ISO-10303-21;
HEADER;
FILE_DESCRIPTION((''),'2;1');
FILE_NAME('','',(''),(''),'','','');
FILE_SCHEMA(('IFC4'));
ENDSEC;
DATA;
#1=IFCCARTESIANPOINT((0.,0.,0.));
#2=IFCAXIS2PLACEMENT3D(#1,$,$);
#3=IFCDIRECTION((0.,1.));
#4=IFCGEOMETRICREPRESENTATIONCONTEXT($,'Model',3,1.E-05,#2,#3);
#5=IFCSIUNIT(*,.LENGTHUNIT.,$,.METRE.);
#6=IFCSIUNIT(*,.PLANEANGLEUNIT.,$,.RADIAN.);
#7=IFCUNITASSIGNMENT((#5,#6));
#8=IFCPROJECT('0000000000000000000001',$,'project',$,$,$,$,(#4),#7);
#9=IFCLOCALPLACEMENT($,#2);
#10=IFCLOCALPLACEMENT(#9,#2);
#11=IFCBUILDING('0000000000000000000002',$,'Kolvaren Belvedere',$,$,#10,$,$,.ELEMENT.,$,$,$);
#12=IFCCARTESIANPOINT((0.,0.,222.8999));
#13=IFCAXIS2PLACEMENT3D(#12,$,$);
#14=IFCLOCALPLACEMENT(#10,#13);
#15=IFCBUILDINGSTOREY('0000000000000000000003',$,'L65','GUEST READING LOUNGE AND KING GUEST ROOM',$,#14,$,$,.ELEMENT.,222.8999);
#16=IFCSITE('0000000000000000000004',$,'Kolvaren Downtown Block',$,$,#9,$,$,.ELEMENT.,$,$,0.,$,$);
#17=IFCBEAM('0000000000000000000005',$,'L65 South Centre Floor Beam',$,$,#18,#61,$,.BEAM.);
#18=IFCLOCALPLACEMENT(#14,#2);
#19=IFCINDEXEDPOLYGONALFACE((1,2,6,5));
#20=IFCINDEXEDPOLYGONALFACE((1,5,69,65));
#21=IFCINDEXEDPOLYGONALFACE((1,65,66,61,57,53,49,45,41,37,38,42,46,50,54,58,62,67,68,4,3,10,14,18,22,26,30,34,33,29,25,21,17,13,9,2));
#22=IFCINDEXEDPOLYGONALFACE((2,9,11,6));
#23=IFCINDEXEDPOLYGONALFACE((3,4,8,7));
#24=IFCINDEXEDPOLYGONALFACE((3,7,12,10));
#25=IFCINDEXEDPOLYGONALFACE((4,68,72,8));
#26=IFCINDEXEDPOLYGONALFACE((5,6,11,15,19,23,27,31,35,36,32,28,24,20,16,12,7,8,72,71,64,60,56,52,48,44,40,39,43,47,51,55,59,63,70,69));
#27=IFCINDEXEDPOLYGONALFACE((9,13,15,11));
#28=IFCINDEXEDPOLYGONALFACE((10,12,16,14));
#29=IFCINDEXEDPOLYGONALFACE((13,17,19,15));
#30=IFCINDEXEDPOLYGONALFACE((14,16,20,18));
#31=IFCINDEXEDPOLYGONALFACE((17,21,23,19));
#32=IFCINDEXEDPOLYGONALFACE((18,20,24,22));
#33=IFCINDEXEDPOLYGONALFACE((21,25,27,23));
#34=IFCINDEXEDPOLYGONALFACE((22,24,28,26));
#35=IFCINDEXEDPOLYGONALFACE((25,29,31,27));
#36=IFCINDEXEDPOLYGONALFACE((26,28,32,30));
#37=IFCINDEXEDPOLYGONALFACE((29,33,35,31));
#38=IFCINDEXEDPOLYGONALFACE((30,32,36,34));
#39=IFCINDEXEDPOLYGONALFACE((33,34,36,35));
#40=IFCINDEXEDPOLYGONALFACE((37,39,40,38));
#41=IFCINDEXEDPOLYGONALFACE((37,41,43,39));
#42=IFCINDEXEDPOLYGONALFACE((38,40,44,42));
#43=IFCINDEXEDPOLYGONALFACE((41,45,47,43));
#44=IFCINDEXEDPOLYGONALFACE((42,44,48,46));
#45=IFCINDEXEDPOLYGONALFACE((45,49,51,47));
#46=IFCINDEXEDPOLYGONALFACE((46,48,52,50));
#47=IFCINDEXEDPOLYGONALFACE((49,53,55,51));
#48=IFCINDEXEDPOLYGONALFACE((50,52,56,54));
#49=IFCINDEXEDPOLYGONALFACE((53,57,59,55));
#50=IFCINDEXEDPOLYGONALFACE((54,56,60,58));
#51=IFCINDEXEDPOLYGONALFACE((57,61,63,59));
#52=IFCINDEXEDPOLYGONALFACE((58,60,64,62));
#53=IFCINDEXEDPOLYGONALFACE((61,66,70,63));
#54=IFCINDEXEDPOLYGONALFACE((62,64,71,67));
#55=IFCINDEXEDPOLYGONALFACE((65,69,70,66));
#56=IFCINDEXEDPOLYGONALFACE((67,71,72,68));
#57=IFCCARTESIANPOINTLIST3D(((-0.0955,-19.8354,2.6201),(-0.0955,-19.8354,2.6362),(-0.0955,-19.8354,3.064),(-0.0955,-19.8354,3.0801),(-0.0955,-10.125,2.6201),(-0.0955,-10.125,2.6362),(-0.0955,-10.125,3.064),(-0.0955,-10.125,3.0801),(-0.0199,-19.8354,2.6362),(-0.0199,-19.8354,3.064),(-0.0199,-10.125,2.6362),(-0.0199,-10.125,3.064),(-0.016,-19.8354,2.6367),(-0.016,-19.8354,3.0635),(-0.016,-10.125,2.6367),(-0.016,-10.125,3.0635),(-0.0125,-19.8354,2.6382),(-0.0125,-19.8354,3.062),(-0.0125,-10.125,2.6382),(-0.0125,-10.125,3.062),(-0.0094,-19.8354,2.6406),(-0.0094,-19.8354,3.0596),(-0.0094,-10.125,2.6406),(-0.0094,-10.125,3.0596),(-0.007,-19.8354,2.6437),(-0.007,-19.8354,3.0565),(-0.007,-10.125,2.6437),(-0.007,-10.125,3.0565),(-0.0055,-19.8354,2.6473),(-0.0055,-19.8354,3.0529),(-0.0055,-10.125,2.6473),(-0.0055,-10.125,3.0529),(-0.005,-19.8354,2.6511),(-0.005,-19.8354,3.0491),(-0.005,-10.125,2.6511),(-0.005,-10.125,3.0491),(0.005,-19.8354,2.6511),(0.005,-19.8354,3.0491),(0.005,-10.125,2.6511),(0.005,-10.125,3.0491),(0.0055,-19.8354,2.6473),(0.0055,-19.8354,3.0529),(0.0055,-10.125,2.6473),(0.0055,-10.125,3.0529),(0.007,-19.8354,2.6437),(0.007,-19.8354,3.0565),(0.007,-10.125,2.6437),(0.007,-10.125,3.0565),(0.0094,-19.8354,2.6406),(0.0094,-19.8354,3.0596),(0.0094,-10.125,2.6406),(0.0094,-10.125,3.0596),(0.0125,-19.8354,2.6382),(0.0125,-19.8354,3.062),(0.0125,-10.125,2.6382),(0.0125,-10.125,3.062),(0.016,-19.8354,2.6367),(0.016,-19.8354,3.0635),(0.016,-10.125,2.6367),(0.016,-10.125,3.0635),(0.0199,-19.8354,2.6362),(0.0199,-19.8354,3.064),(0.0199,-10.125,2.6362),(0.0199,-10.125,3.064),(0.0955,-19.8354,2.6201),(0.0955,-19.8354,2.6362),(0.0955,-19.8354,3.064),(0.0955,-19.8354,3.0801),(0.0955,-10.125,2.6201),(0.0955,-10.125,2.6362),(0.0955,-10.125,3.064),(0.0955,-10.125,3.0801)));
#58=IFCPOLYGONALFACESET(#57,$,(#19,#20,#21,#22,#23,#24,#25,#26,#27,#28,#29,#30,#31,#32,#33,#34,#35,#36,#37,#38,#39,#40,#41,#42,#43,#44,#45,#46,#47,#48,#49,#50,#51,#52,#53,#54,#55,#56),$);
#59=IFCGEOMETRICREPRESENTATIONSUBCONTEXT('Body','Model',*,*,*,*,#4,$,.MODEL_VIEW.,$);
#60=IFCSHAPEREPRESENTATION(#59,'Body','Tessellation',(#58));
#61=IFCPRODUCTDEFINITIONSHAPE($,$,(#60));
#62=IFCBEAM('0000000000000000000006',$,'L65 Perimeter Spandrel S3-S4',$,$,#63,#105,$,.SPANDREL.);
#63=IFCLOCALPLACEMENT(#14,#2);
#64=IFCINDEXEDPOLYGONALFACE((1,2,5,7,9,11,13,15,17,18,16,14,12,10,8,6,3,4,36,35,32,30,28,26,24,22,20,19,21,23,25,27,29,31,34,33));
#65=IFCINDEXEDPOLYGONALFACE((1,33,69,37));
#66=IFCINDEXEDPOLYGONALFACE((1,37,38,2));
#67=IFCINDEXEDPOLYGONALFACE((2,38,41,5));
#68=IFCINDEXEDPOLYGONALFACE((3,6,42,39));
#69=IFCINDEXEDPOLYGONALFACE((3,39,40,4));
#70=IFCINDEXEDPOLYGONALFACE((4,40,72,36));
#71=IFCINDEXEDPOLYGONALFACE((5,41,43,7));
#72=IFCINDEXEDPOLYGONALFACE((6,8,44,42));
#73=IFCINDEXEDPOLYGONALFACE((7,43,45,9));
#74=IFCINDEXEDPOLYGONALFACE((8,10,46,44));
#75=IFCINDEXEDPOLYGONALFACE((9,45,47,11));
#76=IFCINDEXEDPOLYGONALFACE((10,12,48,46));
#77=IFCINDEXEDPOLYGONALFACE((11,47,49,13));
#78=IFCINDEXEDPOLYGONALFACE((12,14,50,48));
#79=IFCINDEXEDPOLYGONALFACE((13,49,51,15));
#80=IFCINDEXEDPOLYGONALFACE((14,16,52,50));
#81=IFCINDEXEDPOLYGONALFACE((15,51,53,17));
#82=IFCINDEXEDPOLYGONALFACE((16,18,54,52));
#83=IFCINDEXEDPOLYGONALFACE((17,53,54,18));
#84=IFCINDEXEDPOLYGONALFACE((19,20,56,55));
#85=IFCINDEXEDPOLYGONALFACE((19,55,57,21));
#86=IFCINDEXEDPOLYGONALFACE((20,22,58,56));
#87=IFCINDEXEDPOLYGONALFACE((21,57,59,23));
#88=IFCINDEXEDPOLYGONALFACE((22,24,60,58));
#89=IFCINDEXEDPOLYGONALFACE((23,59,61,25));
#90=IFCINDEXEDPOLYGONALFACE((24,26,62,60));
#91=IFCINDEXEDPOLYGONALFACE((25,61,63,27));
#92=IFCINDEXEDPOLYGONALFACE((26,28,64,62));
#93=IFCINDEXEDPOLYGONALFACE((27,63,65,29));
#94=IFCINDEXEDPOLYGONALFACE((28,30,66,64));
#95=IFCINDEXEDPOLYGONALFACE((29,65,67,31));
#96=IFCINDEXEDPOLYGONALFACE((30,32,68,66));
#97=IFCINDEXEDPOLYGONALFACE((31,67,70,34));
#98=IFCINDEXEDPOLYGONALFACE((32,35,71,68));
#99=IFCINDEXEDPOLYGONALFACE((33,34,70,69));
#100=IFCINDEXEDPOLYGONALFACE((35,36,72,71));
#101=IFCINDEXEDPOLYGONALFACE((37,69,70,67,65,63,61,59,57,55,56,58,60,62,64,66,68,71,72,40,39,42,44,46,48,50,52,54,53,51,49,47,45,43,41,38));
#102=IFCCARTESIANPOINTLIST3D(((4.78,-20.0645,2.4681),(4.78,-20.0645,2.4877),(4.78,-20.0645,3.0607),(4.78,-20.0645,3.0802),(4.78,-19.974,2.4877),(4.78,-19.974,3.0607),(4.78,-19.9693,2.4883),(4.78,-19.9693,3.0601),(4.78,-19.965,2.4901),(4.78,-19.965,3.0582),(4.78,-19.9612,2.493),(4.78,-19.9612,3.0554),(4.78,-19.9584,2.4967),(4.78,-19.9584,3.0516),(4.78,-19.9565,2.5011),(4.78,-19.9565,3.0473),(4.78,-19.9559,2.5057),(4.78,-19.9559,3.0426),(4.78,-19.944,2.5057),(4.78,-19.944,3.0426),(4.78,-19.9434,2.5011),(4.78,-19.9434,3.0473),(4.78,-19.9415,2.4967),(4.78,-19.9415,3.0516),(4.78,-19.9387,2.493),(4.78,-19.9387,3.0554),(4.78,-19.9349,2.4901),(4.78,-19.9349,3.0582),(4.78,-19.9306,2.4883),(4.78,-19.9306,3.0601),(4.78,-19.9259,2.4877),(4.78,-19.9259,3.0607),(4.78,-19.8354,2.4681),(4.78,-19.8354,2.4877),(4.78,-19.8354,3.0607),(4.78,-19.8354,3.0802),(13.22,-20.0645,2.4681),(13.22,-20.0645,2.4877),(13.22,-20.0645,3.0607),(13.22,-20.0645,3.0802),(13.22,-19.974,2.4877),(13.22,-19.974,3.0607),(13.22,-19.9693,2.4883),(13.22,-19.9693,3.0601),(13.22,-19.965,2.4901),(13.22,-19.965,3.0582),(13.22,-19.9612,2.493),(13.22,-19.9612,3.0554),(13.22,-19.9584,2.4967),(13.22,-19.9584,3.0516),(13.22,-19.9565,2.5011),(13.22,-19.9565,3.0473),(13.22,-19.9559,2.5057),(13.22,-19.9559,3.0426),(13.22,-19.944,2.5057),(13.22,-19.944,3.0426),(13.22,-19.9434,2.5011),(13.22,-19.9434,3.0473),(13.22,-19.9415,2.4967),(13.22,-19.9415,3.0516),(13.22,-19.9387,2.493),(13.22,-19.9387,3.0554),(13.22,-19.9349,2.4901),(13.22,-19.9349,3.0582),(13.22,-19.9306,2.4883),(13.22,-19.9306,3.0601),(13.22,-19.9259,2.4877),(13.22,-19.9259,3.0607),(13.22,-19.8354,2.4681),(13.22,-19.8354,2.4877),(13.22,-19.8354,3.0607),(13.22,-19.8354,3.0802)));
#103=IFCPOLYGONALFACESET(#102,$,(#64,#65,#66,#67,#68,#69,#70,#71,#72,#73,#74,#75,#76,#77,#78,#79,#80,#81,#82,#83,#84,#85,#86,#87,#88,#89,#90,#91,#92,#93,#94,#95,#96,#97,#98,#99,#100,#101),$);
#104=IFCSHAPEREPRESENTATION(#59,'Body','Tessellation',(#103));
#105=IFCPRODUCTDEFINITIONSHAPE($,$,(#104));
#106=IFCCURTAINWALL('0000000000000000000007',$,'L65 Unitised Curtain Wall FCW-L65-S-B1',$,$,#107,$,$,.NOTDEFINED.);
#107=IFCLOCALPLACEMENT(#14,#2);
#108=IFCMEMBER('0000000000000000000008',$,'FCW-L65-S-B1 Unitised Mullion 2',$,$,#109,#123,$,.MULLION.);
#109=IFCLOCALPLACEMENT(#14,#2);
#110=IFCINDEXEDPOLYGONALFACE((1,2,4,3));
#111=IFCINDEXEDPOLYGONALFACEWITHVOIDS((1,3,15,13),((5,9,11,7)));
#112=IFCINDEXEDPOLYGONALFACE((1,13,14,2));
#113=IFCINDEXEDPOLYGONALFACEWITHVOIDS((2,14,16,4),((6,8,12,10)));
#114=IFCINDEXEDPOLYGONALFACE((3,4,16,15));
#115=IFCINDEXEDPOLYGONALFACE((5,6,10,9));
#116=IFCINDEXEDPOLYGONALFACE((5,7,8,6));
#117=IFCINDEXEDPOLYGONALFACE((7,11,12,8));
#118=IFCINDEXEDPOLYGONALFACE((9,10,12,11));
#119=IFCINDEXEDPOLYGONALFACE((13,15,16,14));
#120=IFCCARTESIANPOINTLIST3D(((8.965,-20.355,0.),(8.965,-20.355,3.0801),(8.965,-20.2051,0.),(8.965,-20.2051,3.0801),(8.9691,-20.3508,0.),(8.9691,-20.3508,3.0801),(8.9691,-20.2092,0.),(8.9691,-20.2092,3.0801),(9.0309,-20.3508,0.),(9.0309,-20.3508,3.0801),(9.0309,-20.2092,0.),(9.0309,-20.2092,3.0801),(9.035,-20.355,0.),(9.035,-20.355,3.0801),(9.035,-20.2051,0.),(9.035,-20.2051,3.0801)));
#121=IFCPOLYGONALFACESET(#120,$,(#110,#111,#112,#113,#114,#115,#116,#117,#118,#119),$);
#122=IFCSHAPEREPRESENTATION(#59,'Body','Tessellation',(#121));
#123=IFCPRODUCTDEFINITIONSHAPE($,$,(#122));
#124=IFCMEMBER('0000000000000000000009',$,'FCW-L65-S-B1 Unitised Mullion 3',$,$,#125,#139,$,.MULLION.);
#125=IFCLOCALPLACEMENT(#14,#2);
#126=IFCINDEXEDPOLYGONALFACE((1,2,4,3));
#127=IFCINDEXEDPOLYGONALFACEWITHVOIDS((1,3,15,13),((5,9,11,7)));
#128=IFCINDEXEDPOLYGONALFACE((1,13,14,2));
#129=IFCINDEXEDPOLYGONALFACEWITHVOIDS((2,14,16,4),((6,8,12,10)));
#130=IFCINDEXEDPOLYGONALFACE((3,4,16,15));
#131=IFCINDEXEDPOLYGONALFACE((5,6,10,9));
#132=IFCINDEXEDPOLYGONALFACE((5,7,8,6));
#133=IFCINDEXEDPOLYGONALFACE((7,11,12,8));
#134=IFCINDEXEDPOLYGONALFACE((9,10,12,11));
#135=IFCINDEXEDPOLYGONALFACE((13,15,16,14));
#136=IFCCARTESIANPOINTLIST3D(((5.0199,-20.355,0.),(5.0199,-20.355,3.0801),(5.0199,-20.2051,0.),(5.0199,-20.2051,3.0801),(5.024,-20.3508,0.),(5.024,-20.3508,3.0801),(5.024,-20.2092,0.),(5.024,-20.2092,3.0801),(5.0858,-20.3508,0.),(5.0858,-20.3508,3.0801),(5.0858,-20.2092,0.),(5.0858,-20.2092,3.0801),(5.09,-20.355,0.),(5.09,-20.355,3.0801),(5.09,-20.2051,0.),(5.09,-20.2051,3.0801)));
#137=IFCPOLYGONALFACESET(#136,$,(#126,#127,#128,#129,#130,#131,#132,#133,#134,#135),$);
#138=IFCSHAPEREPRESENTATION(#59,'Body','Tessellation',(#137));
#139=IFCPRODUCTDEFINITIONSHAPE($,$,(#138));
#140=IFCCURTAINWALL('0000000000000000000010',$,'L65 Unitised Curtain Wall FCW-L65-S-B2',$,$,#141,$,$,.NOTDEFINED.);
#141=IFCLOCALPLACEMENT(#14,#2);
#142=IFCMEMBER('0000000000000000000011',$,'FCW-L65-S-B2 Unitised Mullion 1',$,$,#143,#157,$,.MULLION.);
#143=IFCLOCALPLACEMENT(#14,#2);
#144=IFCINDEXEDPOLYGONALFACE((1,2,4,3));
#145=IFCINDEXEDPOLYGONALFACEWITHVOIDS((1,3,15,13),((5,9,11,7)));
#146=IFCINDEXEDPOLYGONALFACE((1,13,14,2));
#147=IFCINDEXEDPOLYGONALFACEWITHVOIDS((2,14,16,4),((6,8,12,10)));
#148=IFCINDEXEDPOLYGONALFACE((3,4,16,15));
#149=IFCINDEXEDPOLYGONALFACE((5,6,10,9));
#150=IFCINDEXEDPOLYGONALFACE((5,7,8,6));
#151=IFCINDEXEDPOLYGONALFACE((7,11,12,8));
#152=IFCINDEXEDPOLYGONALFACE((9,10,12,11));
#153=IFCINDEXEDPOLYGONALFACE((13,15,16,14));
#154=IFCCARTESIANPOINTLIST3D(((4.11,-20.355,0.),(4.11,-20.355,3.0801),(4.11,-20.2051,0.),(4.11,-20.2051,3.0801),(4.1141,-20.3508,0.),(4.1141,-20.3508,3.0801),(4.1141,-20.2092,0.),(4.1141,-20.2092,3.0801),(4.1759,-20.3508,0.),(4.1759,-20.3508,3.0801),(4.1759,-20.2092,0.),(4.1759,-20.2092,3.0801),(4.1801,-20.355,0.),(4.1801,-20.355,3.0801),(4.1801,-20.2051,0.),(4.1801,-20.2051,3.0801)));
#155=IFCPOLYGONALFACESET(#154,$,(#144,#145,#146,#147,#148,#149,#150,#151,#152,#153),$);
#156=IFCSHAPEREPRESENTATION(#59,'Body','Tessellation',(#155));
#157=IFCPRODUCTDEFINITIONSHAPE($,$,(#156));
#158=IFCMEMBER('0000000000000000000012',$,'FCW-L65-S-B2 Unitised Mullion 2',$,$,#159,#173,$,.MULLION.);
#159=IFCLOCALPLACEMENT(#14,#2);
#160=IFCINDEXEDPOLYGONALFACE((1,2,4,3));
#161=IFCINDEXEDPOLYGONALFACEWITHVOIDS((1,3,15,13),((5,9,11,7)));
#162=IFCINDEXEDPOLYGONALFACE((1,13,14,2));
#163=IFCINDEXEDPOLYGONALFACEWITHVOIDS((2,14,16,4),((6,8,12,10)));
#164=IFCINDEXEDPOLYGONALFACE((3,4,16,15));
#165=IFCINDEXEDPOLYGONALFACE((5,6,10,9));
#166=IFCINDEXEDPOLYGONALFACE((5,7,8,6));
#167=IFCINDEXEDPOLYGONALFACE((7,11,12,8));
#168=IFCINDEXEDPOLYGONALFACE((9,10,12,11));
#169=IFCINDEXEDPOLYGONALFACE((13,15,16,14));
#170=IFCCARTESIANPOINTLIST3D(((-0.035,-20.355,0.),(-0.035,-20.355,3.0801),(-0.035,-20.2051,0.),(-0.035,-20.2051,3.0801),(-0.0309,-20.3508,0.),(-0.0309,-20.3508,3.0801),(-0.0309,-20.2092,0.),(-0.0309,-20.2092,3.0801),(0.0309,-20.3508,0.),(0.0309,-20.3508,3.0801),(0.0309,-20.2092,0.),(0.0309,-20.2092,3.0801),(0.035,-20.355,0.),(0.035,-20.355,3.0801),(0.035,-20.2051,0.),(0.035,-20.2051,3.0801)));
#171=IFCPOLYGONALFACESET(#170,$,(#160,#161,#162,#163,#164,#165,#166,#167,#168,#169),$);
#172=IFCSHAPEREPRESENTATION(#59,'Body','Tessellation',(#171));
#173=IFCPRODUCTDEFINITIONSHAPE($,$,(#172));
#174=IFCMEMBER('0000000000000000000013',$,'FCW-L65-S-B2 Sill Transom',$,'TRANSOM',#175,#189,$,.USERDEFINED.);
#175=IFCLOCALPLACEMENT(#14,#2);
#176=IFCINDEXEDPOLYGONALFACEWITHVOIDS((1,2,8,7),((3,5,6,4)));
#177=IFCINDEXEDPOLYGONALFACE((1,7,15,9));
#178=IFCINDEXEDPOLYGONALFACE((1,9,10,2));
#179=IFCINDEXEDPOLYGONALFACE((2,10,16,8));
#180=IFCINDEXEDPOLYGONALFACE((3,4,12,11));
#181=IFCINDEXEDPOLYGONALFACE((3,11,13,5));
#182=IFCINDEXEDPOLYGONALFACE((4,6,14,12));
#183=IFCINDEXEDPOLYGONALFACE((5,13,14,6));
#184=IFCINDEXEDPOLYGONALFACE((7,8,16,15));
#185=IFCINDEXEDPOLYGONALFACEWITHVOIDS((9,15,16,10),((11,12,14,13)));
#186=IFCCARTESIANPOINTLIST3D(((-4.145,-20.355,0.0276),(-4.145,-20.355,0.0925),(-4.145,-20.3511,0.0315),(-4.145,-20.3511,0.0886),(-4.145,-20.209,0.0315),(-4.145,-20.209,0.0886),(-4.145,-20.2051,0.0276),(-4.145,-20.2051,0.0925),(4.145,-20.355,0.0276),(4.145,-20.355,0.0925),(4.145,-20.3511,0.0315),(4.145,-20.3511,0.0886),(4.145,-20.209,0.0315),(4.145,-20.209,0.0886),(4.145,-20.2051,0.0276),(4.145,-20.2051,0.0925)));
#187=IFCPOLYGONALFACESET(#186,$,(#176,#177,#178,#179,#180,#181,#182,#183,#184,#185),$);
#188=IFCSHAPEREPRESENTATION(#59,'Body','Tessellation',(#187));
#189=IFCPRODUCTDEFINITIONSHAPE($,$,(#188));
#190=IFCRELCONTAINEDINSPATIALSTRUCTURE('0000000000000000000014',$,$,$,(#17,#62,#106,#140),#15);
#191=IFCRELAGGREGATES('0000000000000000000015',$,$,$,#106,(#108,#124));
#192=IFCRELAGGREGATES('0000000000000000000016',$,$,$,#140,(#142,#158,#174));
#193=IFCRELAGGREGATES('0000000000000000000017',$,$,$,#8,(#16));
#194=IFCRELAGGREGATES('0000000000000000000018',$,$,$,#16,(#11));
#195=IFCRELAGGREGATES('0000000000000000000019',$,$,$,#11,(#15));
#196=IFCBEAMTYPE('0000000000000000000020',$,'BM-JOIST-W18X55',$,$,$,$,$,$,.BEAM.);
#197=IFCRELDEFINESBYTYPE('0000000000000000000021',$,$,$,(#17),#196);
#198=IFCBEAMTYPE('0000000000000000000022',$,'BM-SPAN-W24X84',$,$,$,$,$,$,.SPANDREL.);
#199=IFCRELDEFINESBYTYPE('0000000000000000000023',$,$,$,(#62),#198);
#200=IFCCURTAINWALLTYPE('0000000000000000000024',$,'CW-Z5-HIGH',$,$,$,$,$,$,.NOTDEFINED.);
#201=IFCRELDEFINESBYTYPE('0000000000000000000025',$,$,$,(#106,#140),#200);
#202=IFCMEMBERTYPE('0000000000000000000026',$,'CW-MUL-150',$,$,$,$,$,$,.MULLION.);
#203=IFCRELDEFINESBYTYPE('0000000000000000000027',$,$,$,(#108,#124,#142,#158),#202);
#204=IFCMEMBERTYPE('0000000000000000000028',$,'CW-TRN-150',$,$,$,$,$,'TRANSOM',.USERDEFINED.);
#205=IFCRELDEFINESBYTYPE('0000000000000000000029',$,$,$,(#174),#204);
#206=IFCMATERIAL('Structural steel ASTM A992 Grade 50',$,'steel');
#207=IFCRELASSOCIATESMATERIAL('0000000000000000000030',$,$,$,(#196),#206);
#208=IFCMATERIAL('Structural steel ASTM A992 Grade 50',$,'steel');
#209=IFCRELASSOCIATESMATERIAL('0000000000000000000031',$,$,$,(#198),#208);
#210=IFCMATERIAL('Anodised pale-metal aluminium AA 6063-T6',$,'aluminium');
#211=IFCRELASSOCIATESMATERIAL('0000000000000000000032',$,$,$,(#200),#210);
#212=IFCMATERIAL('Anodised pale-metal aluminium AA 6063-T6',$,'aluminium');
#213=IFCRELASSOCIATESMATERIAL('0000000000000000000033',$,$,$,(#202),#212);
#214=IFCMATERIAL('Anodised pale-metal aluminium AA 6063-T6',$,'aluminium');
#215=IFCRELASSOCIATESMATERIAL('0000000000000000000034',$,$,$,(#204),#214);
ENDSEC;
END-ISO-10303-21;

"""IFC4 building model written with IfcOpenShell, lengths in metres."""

from ifc_helpers import new_model, si_unit, direction, frame, origin, origin_2d, place, context, subcontext, project, spatial, hollow_rectangle, i_section, extrude, material, material_profile, profile_set, type_object, element, aggregate, save


model = new_model("IFC4")

# Units and contexts
model_context = context("Model", 3, precision=1e-05, world=origin(), true_north=direction((0.0, 1.0)))
body_context = subcontext(model_context, "Body", "Model", "MODEL_VIEW")
ifc_project = project(units=[si_unit("LENGTHUNIT", "METRE"), si_unit("PLANEANGLEUNIT", "RADIAN")], contexts=[model_context])

# Site, building, storey
site_placement = place(None, origin())
site = spatial("IfcSite", under=ifc_project, at=site_placement, Name="Kolvaren Downtown Block", CompositionType="ELEMENT", RefElevation=0.0)
building_placement = place(site_placement, origin())
building = spatial("IfcBuilding", under=site, at=building_placement, Name="Kolvaren Belvedere", CompositionType="ELEMENT")
storey_placement = place(building_placement, frame((0.0, 0.0, 222.8999)))
storey = spatial("IfcBuildingStorey", under=building, at=storey_placement, Name="L65", Description="GUEST READING LOUNGE AND KING GUEST ROOM", CompositionType="ELEMENT", Elevation=222.8999)

# Beams
ifc_material_1 = material(Name="Structural steel ASTM A992 Grade 50", Category="steel")
ifc_material_profile_1 = material_profile(ifc_material_1, i_section(OverallWidth=0.1909, OverallDepth=0.46, WebThickness=0.01, FlangeThickness=0.0161, FilletRadius=0.0149, at=origin_2d()), Name="W18X55")
ifc_profile_set_1 = profile_set([ifc_material_profile_1], Name="Structural steel ASTM A992 Grade 50")
beam_type_1 = type_object("IfcBeamType", Name="BM-JOIST-W18X55", PredefinedType="BEAM", material=ifc_profile_set_1)
beam_1_placement = place(storey_placement, frame((0.0, -10.125, 2.8501), z_axis=(0.0, -1.0, 0.0), x_axis=(1.0, 0.0, 0.0)))
element("IfcBeam", 1, at=beam_1_placement, inside=storey, type_object=beam_type_1, Name="L65 South Centre Floor Beam", PredefinedType="BEAM", context=body_context, shape_type="SweptSolid", body=[
    extrude(i_section(OverallWidth=0.1909, OverallDepth=0.46, WebThickness=0.01, FlangeThickness=0.0161, FilletRadius=0.0149, at=origin_2d()), origin(), (0.0, 0.0, 1.0), 9.7104),
])
ifc_material_2 = material(Name="Structural steel ASTM A992 Grade 50", Category="steel")
ifc_material_profile_2 = material_profile(ifc_material_2, i_section(OverallWidth=0.229, OverallDepth=0.6121, WebThickness=0.012, FlangeThickness=0.0195, FilletRadius=0.0181, at=origin_2d()), Name="W24X84")
ifc_profile_set_2 = profile_set([ifc_material_profile_2], Name="Structural steel ASTM A992 Grade 50")
beam_type_2 = type_object("IfcBeamType", Name="BM-SPAN-W24X84", PredefinedType="SPANDREL", material=ifc_profile_set_2)
beam_2_placement = place(storey_placement, frame((4.78, -19.95, 2.7742), z_axis=(1.0, 0.0, 0.0), x_axis=(0.0, 1.0, 0.0)))
element("IfcBeam", 2, at=beam_2_placement, inside=storey, type_object=beam_type_2, Name="L65 Perimeter Spandrel S3-S4", PredefinedType="SPANDREL", context=body_context, shape_type="SweptSolid", body=[
    extrude(i_section(OverallWidth=0.229, OverallDepth=0.6121, WebThickness=0.012, FlangeThickness=0.0195, FilletRadius=0.0181, at=origin_2d()), origin(), (0.0, 0.0, 1.0), 8.4399),
])

# Curtain walls, members
ifc_material_3 = material(Name="Anodised pale-metal aluminium AA 6063-T6", Category="aluminium")
curtain_wall_type = type_object("IfcCurtainWallType", Name="CW-Z5-HIGH", PredefinedType="NOTDEFINED", material=ifc_material_3)
curtain_wall_1_placement = place(storey_placement, origin())
curtain_wall_1 = element("IfcCurtainWall", 3, at=curtain_wall_1_placement, inside=storey, type_object=curtain_wall_type, Name="L65 Unitised Curtain Wall FCW-L65-S-B1", PredefinedType="NOTDEFINED")
ifc_material_4 = material(Name="Anodised pale-metal aluminium AA 6063-T6", Category="aluminium")
ifc_material_profile_3 = material_profile(ifc_material_4, hollow_rectangle(XDim=0.0701, YDim=0.1499, WallThickness=0.0042, at=origin_2d()), Name="ALU-MUL-150X70")
ifc_profile_set_3 = profile_set([ifc_material_profile_3], Name="Anodised pale-metal aluminium AA 6063-T6")
member_type_1 = type_object("IfcMemberType", Name="CW-MUL-150", PredefinedType="MULLION", material=ifc_profile_set_3)
member_1_placement = place(storey_placement, frame((9.0, -20.28, 0.0), z_axis=(0.0, 0.0, 1.0), x_axis=(1.0, 0.0, 0.0)))
member_1 = element("IfcMember", 4, at=member_1_placement, type_object=member_type_1, Name="FCW-L65-S-B1 Unitised Mullion 2", PredefinedType="MULLION", context=body_context, shape_type="SweptSolid", body=[
    extrude(hollow_rectangle(XDim=0.0701, YDim=0.1499, WallThickness=0.0042, at=origin_2d()), origin(), (0.0, 0.0, 1.0), 3.0801),
])
member_2_placement = place(storey_placement, frame((5.0549, -20.28, 0.0), z_axis=(0.0, 0.0, 1.0), x_axis=(1.0, 0.0, 0.0)))
member_2 = element("IfcMember", 5, at=member_2_placement, type_object=member_type_1, Name="FCW-L65-S-B1 Unitised Mullion 3", PredefinedType="MULLION", context=body_context, shape_type="SweptSolid", body=[
    extrude(hollow_rectangle(XDim=0.0701, YDim=0.1499, WallThickness=0.0042, at=origin_2d()), origin(), (0.0, 0.0, 1.0), 3.0801),
])
curtain_wall_2_placement = place(storey_placement, origin())
curtain_wall_2 = element("IfcCurtainWall", 6, at=curtain_wall_2_placement, inside=storey, type_object=curtain_wall_type, Name="L65 Unitised Curtain Wall FCW-L65-S-B2", PredefinedType="NOTDEFINED")
member_3_placement = place(storey_placement, frame((4.145, -20.28, 0.0), z_axis=(0.0, 0.0, 1.0), x_axis=(1.0, 0.0, 0.0)))
member_3 = element("IfcMember", 7, at=member_3_placement, type_object=member_type_1, Name="FCW-L65-S-B2 Unitised Mullion 1", PredefinedType="MULLION", context=body_context, shape_type="SweptSolid", body=[
    extrude(hollow_rectangle(XDim=0.0701, YDim=0.1499, WallThickness=0.0042, at=origin_2d()), origin(), (0.0, 0.0, 1.0), 3.0801),
])
member_4_placement = place(storey_placement, frame((0.0, -20.28, 0.0), z_axis=(0.0, 0.0, 1.0), x_axis=(1.0, 0.0, 0.0)))
member_4 = element("IfcMember", 8, at=member_4_placement, type_object=member_type_1, Name="FCW-L65-S-B2 Unitised Mullion 2", PredefinedType="MULLION", context=body_context, shape_type="SweptSolid", body=[
    extrude(hollow_rectangle(XDim=0.0701, YDim=0.1499, WallThickness=0.0042, at=origin_2d()), origin(), (0.0, 0.0, 1.0), 3.0801),
])
ifc_material_5 = material(Name="Anodised pale-metal aluminium AA 6063-T6", Category="aluminium")
ifc_material_profile_4 = material_profile(ifc_material_5, hollow_rectangle(XDim=0.0649, YDim=0.1499, WallThickness=0.0039, at=origin_2d()), Name="ALU-TRN-150X65")
ifc_profile_set_4 = profile_set([ifc_material_profile_4], Name="Anodised pale-metal aluminium AA 6063-T6")
member_type_2 = type_object("IfcMemberType", Name="CW-TRN-150", ElementType="TRANSOM", PredefinedType="USERDEFINED", material=ifc_profile_set_4)
member_5_placement = place(storey_placement, frame((4.145, -20.28, 0.0601), z_axis=(-1.0, 0.0, 0.0), x_axis=(0.0, 0.0, 1.0)))
member_5 = element("IfcMember", 9, at=member_5_placement, type_object=member_type_2, Name="FCW-L65-S-B2 Sill Transom", ObjectType="TRANSOM", PredefinedType="USERDEFINED", context=body_context, shape_type="SweptSolid", body=[
    extrude(hollow_rectangle(XDim=0.0649, YDim=0.1499, WallThickness=0.0039, at=origin_2d()), origin(), (0.0, 0.0, 1.0), 8.29),
])

aggregate(curtain_wall_1, [member_1, member_2])
aggregate(curtain_wall_2, [member_3, member_4, member_5])

save(model, "model.ifc")
